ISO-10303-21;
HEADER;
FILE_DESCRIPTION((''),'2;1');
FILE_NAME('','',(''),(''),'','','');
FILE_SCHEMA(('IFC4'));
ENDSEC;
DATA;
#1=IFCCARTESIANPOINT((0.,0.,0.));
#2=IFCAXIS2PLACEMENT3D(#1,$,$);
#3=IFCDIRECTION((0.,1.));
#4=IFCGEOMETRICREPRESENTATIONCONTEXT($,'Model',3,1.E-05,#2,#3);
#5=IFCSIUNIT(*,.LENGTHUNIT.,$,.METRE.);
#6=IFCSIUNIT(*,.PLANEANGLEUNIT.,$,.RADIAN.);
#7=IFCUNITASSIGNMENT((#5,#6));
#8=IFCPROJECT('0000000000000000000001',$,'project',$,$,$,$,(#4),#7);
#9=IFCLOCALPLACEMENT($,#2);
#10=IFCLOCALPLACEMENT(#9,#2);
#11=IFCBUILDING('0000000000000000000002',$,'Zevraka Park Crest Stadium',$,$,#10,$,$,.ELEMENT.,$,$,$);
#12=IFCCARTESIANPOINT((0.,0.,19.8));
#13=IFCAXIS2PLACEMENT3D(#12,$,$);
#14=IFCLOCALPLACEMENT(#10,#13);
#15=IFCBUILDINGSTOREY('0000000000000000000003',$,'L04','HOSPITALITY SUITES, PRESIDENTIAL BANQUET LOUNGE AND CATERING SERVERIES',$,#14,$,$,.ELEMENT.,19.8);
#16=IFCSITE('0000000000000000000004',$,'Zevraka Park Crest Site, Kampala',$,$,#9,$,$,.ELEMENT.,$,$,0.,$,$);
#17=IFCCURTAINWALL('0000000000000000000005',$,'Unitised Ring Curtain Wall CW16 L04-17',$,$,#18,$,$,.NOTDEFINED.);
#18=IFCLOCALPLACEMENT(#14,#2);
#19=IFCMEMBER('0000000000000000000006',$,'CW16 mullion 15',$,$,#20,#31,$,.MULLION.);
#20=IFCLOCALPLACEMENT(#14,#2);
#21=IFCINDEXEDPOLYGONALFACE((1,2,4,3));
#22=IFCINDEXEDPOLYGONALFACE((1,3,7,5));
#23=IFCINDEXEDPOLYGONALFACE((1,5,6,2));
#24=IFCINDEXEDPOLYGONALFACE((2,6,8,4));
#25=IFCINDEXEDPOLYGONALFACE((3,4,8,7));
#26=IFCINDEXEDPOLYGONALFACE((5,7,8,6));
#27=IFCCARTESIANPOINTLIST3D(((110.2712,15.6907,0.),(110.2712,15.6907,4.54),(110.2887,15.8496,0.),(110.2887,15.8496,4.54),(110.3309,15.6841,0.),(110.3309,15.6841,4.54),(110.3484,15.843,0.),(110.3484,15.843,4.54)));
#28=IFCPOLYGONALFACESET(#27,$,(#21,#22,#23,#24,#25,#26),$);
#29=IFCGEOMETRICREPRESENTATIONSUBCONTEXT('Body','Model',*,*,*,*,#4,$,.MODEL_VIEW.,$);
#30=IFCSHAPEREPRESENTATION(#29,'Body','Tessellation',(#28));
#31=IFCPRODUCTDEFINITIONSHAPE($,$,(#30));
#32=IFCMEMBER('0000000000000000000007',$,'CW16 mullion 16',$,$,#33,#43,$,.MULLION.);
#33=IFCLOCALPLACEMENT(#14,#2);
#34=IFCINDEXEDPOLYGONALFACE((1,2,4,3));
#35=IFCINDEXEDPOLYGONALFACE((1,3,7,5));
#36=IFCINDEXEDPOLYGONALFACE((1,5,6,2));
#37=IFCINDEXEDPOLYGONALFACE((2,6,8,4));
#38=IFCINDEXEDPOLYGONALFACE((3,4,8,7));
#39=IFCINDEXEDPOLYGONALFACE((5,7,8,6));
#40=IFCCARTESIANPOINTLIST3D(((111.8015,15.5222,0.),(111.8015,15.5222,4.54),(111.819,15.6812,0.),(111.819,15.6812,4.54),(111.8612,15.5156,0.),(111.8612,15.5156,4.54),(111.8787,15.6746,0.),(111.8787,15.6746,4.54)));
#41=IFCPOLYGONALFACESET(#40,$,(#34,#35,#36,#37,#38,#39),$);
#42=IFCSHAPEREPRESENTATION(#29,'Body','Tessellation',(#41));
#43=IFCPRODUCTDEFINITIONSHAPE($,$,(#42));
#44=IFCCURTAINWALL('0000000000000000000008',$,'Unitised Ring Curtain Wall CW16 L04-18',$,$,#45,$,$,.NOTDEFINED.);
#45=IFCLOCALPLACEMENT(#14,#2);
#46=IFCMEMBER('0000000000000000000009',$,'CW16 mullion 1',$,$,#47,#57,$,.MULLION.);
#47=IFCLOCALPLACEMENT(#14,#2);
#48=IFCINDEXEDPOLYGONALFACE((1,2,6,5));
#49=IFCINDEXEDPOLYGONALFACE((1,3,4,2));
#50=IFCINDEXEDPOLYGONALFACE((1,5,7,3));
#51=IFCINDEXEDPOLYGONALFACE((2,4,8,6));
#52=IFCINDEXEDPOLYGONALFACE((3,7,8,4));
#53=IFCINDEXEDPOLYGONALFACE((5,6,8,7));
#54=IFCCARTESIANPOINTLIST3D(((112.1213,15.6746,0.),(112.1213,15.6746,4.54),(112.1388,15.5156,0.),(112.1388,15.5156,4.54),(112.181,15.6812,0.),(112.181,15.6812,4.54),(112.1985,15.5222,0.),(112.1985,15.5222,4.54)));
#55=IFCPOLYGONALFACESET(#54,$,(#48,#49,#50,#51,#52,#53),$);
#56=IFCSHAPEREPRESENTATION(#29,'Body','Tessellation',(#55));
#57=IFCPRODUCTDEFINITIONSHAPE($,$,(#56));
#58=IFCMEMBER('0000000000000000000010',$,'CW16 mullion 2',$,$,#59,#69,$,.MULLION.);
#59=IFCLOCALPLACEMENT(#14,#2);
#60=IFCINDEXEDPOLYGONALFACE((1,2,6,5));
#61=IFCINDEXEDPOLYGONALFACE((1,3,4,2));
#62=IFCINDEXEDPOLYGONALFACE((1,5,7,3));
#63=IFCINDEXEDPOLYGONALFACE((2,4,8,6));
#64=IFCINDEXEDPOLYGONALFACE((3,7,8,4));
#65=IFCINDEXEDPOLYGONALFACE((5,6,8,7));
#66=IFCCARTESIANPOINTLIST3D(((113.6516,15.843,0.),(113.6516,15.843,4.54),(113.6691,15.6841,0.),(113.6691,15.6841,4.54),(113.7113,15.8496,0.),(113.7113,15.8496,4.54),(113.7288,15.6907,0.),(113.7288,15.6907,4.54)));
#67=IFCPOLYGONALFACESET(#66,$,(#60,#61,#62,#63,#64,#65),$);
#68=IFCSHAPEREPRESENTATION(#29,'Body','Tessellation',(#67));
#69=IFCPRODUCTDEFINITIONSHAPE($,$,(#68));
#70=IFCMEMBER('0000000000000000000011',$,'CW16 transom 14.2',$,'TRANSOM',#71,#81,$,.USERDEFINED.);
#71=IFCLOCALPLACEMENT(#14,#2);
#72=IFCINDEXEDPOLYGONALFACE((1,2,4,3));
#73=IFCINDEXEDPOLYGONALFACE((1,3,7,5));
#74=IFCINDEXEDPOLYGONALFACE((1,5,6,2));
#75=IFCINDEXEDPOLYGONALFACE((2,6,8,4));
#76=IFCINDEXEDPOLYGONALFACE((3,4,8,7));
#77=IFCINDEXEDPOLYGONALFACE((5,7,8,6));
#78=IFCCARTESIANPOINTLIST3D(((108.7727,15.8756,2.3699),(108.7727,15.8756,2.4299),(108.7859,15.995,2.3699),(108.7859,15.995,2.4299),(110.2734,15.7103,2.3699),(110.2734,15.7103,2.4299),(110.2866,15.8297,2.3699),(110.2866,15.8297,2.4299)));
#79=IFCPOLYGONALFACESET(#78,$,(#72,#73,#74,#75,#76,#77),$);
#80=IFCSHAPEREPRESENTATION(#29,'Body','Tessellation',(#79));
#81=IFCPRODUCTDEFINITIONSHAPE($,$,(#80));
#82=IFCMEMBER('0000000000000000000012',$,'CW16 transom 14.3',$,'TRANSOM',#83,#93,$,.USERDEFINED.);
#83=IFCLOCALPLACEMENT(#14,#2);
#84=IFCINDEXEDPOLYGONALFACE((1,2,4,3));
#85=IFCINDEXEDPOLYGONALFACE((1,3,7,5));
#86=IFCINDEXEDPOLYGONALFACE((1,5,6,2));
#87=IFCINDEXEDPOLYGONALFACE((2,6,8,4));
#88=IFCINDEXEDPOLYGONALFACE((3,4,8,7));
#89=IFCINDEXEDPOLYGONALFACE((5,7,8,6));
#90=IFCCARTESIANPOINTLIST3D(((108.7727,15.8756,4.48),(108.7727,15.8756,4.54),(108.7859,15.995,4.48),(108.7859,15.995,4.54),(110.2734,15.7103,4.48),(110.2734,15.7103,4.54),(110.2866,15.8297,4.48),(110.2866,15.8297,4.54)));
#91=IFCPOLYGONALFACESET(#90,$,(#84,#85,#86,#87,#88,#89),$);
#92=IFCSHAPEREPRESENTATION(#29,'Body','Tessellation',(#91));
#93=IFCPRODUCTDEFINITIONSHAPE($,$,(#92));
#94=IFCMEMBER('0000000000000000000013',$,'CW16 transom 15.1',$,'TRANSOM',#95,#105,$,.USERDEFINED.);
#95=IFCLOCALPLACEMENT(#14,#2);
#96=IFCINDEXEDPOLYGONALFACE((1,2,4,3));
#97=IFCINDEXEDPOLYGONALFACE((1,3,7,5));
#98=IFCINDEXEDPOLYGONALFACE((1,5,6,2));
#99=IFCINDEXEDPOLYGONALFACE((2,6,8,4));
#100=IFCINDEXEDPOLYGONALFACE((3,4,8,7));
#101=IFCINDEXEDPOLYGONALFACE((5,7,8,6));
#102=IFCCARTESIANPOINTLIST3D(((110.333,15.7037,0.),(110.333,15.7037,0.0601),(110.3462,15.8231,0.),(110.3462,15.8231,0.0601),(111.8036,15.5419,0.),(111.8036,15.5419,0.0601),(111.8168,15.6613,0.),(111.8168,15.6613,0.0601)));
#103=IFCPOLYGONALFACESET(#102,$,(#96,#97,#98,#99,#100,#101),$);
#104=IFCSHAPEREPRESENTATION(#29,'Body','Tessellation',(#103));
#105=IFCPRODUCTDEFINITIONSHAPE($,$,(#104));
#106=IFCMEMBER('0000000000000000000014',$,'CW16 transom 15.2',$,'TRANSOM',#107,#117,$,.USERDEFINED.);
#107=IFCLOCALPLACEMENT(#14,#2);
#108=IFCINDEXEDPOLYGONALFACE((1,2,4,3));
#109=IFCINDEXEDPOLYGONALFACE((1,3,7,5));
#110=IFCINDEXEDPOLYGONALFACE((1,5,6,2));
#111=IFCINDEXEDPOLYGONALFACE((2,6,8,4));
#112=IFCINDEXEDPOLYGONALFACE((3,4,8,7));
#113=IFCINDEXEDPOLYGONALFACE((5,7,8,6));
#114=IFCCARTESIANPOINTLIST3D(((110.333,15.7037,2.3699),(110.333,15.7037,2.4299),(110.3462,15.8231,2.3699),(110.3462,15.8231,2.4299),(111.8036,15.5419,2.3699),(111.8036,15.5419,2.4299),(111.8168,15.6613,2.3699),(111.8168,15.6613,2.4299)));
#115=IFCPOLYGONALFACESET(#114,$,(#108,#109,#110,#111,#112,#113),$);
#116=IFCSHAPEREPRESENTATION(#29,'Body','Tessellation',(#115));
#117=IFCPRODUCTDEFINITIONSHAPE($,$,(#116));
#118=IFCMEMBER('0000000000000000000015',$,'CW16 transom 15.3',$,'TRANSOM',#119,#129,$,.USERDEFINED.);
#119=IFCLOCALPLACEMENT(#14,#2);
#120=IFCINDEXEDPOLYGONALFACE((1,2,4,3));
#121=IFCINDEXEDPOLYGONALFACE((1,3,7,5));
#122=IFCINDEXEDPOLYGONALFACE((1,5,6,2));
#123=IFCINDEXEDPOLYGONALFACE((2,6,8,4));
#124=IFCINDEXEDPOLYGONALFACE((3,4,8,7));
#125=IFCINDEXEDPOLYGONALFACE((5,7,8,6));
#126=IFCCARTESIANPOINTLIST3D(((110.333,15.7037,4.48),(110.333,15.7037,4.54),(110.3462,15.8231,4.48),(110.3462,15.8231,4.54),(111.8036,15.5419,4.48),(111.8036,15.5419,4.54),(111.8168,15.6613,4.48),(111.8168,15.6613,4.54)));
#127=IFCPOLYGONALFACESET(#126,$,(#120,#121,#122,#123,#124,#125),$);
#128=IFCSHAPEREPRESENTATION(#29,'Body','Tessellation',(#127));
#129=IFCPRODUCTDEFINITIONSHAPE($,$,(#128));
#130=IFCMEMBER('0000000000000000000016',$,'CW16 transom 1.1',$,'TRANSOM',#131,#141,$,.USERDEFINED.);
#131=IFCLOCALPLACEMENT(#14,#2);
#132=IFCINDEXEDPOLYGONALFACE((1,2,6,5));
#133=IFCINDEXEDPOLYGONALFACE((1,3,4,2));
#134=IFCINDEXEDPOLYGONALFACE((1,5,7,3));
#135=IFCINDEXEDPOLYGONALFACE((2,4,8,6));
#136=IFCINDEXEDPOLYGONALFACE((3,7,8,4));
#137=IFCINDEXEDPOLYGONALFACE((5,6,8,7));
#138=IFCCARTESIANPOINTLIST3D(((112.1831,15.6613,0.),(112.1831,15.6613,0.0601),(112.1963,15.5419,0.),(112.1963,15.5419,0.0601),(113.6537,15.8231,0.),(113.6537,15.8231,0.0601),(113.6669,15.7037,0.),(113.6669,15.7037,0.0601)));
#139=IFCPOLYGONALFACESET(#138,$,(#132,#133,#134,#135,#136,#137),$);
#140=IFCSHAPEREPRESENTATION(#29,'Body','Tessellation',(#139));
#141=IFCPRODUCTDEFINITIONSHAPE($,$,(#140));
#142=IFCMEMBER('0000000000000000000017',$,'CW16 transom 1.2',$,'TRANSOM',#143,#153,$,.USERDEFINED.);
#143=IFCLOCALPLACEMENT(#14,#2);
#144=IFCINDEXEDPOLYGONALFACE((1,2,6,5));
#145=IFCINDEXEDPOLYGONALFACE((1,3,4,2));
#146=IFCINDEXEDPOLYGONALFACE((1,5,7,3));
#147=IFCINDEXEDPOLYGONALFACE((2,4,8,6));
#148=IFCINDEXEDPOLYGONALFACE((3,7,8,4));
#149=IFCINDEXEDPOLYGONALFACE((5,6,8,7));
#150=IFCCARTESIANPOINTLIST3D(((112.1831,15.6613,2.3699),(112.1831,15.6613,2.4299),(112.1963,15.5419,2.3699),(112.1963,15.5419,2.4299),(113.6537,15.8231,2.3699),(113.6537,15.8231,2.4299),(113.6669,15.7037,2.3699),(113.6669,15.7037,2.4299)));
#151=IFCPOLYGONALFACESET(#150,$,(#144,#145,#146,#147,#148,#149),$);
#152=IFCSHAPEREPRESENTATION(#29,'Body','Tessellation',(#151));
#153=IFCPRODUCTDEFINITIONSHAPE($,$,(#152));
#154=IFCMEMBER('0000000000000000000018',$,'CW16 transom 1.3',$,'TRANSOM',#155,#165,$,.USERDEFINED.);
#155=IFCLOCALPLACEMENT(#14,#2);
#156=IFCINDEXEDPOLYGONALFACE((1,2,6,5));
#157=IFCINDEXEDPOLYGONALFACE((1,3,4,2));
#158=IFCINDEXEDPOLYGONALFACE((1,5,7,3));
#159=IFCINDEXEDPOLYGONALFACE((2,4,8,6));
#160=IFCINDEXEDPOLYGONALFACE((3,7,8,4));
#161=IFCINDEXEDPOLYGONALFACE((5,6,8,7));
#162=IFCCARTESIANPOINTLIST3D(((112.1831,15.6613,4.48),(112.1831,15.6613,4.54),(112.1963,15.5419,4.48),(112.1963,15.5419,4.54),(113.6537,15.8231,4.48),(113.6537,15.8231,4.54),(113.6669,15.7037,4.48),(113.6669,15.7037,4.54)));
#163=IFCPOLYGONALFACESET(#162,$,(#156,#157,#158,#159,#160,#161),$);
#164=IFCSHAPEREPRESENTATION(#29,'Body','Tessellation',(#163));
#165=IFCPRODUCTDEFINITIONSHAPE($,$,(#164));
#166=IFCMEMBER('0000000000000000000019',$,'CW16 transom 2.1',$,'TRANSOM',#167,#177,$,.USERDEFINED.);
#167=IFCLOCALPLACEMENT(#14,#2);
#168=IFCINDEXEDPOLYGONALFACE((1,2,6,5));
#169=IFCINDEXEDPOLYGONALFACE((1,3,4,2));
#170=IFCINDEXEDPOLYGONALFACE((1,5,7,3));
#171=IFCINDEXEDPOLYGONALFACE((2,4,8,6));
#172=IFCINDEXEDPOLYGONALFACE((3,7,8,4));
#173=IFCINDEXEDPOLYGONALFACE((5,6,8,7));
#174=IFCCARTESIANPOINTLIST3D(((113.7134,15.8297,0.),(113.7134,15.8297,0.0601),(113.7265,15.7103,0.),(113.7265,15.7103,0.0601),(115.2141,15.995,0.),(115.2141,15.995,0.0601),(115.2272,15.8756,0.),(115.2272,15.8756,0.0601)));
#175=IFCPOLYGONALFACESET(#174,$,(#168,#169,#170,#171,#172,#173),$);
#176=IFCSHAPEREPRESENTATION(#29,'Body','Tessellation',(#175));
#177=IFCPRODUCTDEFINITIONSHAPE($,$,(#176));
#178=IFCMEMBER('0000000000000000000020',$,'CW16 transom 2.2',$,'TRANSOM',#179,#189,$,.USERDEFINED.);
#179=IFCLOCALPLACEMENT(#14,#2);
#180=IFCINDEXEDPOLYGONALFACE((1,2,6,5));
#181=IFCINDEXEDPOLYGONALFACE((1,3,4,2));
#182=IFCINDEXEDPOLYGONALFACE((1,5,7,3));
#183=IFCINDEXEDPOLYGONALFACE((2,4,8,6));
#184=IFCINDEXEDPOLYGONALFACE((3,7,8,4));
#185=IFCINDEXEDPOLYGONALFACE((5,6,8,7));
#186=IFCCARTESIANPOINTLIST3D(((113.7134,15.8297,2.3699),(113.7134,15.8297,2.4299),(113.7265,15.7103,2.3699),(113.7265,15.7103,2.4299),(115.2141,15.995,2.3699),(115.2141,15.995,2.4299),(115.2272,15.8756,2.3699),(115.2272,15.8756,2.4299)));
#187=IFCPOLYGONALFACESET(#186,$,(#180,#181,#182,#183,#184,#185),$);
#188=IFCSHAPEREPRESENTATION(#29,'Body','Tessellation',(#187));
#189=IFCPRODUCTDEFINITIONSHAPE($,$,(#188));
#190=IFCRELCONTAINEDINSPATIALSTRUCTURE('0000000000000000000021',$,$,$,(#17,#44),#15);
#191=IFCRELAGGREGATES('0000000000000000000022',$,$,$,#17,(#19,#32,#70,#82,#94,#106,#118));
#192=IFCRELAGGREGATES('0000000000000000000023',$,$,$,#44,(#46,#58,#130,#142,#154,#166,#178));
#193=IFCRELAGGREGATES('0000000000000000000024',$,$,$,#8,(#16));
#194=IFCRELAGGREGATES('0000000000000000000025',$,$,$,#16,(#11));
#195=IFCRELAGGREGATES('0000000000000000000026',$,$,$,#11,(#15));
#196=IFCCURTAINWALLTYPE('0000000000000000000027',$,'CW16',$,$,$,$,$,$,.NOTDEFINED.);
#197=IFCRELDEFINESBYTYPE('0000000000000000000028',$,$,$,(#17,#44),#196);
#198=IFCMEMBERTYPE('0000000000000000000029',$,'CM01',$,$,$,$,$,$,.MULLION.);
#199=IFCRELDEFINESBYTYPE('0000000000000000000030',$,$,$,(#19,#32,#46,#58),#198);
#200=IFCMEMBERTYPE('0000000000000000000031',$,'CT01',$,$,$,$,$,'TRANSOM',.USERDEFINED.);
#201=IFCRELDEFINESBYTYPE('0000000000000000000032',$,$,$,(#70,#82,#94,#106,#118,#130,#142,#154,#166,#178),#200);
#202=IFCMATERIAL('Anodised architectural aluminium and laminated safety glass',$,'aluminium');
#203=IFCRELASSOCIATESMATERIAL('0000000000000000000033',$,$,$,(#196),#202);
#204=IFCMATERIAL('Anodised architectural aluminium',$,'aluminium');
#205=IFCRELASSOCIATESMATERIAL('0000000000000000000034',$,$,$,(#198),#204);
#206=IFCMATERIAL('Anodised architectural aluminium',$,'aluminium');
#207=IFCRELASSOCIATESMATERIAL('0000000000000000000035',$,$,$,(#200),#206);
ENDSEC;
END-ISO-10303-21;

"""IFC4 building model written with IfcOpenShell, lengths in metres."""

from ifc_helpers import new_model, si_unit, direction, frame, origin, origin_2d, place, context, subcontext, project, spatial, rectangle, extrude, material, material_profile, profile_set, type_object, element, aggregate, save


model = new_model("IFC4")

# Units and contexts
model_context = context("Model", 3, precision=1e-05, world=origin(), true_north=direction((0.0, 1.0)))
body_context = subcontext(model_context, "Body", "Model", "MODEL_VIEW")
ifc_project = project(units=[si_unit("LENGTHUNIT", "METRE"), si_unit("PLANEANGLEUNIT", "RADIAN")], contexts=[model_context])

# Site, building, storey
site_placement = place(None, origin())
site = spatial("IfcSite", under=ifc_project, at=site_placement, Name="Zevraka Park Crest Site, Kampala", CompositionType="ELEMENT", RefElevation=0.0)
building_placement = place(site_placement, origin())
building = spatial("IfcBuilding", under=site, at=building_placement, Name="Zevraka Park Crest Stadium", CompositionType="ELEMENT")
storey_placement = place(building_placement, frame((0.0, 0.0, 19.8)))
storey = spatial("IfcBuildingStorey", under=building, at=storey_placement, Name="L04", Description="HOSPITALITY SUITES, PRESIDENTIAL BANQUET LOUNGE AND CATERING SERVERIES", CompositionType="ELEMENT", Elevation=19.8)

# Curtain walls, members
ifc_material_1 = material(Name="Anodised architectural aluminium and laminated safety glass", Category="aluminium")
curtain_wall_type = type_object("IfcCurtainWallType", Name="CW16", PredefinedType="NOTDEFINED", material=ifc_material_1)
curtain_wall_1_placement = place(storey_placement, origin())
curtain_wall_1 = element("IfcCurtainWall", 1, at=curtain_wall_1_placement, inside=storey, type_object=curtain_wall_type, Name="Unitised Ring Curtain Wall CW16 L04-17", PredefinedType="NOTDEFINED")
ifc_material_2 = material(Name="Anodised architectural aluminium", Category="aluminium")
ifc_material_profile_1 = material_profile(ifc_material_2, rectangle(XDim=0.1599, YDim=0.0601, at=origin_2d()), Name="ALU MULLION 160x60")
ifc_profile_set_1 = profile_set([ifc_material_profile_1], Name="Anodised architectural aluminium")
member_type_1 = type_object("IfcMemberType", Name="CM01", PredefinedType="MULLION", material=ifc_profile_set_1)
member_1_placement = place(storey_placement, frame((110.3098, 15.7668, 0.0), z_axis=(0.0, 0.0, 1.0), x_axis=(0.109406, 0.993997, 0.0)))
member_1 = element("IfcMember", 2, at=member_1_placement, type_object=member_type_1, Name="CW16 mullion 15", PredefinedType="MULLION", context=body_context, shape_type="SweptSolid", body=[
    extrude(rectangle(XDim=0.1599, YDim=0.0601, at=origin_2d()), origin(), (0.0, 0.0, 1.0), 4.54),
])
member_2_placement = place(storey_placement, frame((111.8401, 15.5984, 0.0), z_axis=(0.0, 0.0, 1.0), x_axis=(0.109406, 0.993997, 0.0)))
member_2 = element("IfcMember", 3, at=member_2_placement, type_object=member_type_1, Name="CW16 mullion 16", PredefinedType="MULLION", context=body_context, shape_type="SweptSolid", body=[
    extrude(rectangle(XDim=0.1599, YDim=0.0601, at=origin_2d()), origin(), (0.0, 0.0, 1.0), 4.54),
])
curtain_wall_2_placement = place(storey_placement, origin())
curtain_wall_2 = element("IfcCurtainWall", 4, at=curtain_wall_2_placement, inside=storey, type_object=curtain_wall_type, Name="Unitised Ring Curtain Wall CW16 L04-18", PredefinedType="NOTDEFINED")
member_3_placement = place(storey_placement, frame((112.1599, 15.5984, 0.0), z_axis=(0.0, 0.0, 1.0), x_axis=(-0.109406, 0.993997, 0.0)))
member_3 = element("IfcMember", 5, at=member_3_placement, type_object=member_type_1, Name="CW16 mullion 1", PredefinedType="MULLION", context=body_context, shape_type="SweptSolid", body=[
    extrude(rectangle(XDim=0.1599, YDim=0.0601, at=origin_2d()), origin(), (0.0, 0.0, 1.0), 4.54),
])
member_4_placement = place(storey_placement, frame((113.6902, 15.7668, 0.0), z_axis=(0.0, 0.0, 1.0), x_axis=(-0.109406, 0.993997, 0.0)))
member_4 = element("IfcMember", 6, at=member_4_placement, type_object=member_type_1, Name="CW16 mullion 2", PredefinedType="MULLION", context=body_context, shape_type="SweptSolid", body=[
    extrude(rectangle(XDim=0.1599, YDim=0.0601, at=origin_2d()), origin(), (0.0, 0.0, 1.0), 4.54),
])

# Members
ifc_material_3 = material(Name="Anodised architectural aluminium", Category="aluminium")
ifc_material_profile_2 = material_profile(ifc_material_3, rectangle(XDim=0.1201, YDim=0.0601, at=origin_2d()), Name="ALU TRANSOM 120x60")
ifc_profile_set_2 = profile_set([ifc_material_profile_2], Name="Anodised architectural aluminium")
member_type_2 = type_object("IfcMemberType", Name="CT01", ElementType="TRANSOM", PredefinedType="USERDEFINED", material=ifc_profile_set_2)
member_5_placement = place(storey_placement, frame((108.7793, 15.9353, 2.3999), z_axis=(0.99399, -0.109473, 0.0), x_axis=(0.109473, 0.99399, 0.0)))
member_5 = element("IfcMember", 7, at=member_5_placement, type_object=member_type_2, Name="CW16 transom 14.2", ObjectType="TRANSOM", PredefinedType="USERDEFINED", context=body_context, shape_type="SweptSolid", body=[
    extrude(rectangle(XDim=0.1201, YDim=0.0601, at=origin_2d()), origin(), (0.0, 0.0, 1.0), 1.5098),
])
member_6_placement = place(storey_placement, frame((108.7793, 15.9353, 4.51), z_axis=(0.99399, -0.109473, 0.0), x_axis=(0.109473, 0.99399, 0.0)))
member_6 = element("IfcMember", 8, at=member_6_placement, type_object=member_type_2, Name="CW16 transom 14.3", ObjectType="TRANSOM", PredefinedType="USERDEFINED", context=body_context, shape_type="SweptSolid", body=[
    extrude(rectangle(XDim=0.1201, YDim=0.0601, at=origin_2d()), origin(), (0.0, 0.0, 1.0), 1.5098),
])
member_7_placement = place(storey_placement, frame((110.3396, 15.7634, 0.03), z_axis=(0.993998, -0.109399, 0.0), x_axis=(0.109399, 0.993998, 0.0)))
member_7 = element("IfcMember", 9, at=member_7_placement, type_object=member_type_2, Name="CW16 transom 15.1", ObjectType="TRANSOM", PredefinedType="USERDEFINED", context=body_context, shape_type="SweptSolid", body=[
    extrude(rectangle(XDim=0.1201, YDim=0.0601, at=origin_2d()), origin(), (0.0, 0.0, 1.0), 1.4795),
])
member_8_placement = place(storey_placement, frame((110.3396, 15.7634, 2.3999), z_axis=(0.993998, -0.109399, 0.0), x_axis=(0.109399, 0.993998, 0.0)))
member_8 = element("IfcMember", 10, at=member_8_placement, type_object=member_type_2, Name="CW16 transom 15.2", ObjectType="TRANSOM", PredefinedType="USERDEFINED", context=body_context, shape_type="SweptSolid", body=[
    extrude(rectangle(XDim=0.1201, YDim=0.0601, at=origin_2d()), origin(), (0.0, 0.0, 1.0), 1.4795),
])
member_9_placement = place(storey_placement, frame((110.3396, 15.7634, 4.51), z_axis=(0.993998, -0.109399, 0.0), x_axis=(0.109399, 0.993998, 0.0)))
member_9 = element("IfcMember", 11, at=member_9_placement, type_object=member_type_2, Name="CW16 transom 15.3", ObjectType="TRANSOM", PredefinedType="USERDEFINED", context=body_context, shape_type="SweptSolid", body=[
    extrude(rectangle(XDim=0.1201, YDim=0.0601, at=origin_2d()), origin(), (0.0, 0.0, 1.0), 1.4795),
])
member_10_placement = place(storey_placement, frame((112.1897, 15.6016, 0.03), z_axis=(0.993998, 0.109399, 0.0), x_axis=(-0.109399, 0.993998, 0.0)))
member_10 = element("IfcMember", 12, at=member_10_placement, type_object=member_type_2, Name="CW16 transom 1.1", ObjectType="TRANSOM", PredefinedType="USERDEFINED", context=body_context, shape_type="SweptSolid", body=[
    extrude(rectangle(XDim=0.1201, YDim=0.0601, at=origin_2d()), origin(), (0.0, 0.0, 1.0), 1.4795),
])
member_11_placement = place(storey_placement, frame((112.1897, 15.6016, 2.3999), z_axis=(0.993998, 0.109399, 0.0), x_axis=(-0.109399, 0.993998, 0.0)))
member_11 = element("IfcMember", 13, at=member_11_placement, type_object=member_type_2, Name="CW16 transom 1.2", ObjectType="TRANSOM", PredefinedType="USERDEFINED", context=body_context, shape_type="SweptSolid", body=[
    extrude(rectangle(XDim=0.1201, YDim=0.0601, at=origin_2d()), origin(), (0.0, 0.0, 1.0), 1.4795),
])
member_12_placement = place(storey_placement, frame((112.1897, 15.6016, 4.51), z_axis=(0.993998, 0.109399, 0.0), x_axis=(-0.109399, 0.993998, 0.0)))
member_12 = element("IfcMember", 14, at=member_12_placement, type_object=member_type_2, Name="CW16 transom 1.3", ObjectType="TRANSOM", PredefinedType="USERDEFINED", context=body_context, shape_type="SweptSolid", body=[
    extrude(rectangle(XDim=0.1201, YDim=0.0601, at=origin_2d()), origin(), (0.0, 0.0, 1.0), 1.4795),
])
member_13_placement = place(storey_placement, frame((113.72, 15.77, 0.03), z_axis=(0.99399, 0.109473, 0.0), x_axis=(-0.109473, 0.99399, 0.0)))
member_13 = element("IfcMember", 15, at=member_13_placement, type_object=member_type_2, Name="CW16 transom 2.1", ObjectType="TRANSOM", PredefinedType="USERDEFINED", context=body_context, shape_type="SweptSolid", body=[
    extrude(rectangle(XDim=0.1201, YDim=0.0601, at=origin_2d()), origin(), (0.0, 0.0, 1.0), 1.5098),
])
member_14_placement = place(storey_placement, frame((113.72, 15.77, 2.3999), z_axis=(0.99399, 0.109473, 0.0), x_axis=(-0.109473, 0.99399, 0.0)))
member_14 = element("IfcMember", 16, at=member_14_placement, type_object=member_type_2, Name="CW16 transom 2.2", ObjectType="TRANSOM", PredefinedType="USERDEFINED", context=body_context, shape_type="SweptSolid", body=[
    extrude(rectangle(XDim=0.1201, YDim=0.0601, at=origin_2d()), origin(), (0.0, 0.0, 1.0), 1.5098),
])

aggregate(curtain_wall_1, [member_1, member_2, member_5, member_6, member_7, member_8, member_9])
aggregate(curtain_wall_2, [member_3, member_4, member_10, member_11, member_12, member_13, member_14])

save(model, "model.ifc")
